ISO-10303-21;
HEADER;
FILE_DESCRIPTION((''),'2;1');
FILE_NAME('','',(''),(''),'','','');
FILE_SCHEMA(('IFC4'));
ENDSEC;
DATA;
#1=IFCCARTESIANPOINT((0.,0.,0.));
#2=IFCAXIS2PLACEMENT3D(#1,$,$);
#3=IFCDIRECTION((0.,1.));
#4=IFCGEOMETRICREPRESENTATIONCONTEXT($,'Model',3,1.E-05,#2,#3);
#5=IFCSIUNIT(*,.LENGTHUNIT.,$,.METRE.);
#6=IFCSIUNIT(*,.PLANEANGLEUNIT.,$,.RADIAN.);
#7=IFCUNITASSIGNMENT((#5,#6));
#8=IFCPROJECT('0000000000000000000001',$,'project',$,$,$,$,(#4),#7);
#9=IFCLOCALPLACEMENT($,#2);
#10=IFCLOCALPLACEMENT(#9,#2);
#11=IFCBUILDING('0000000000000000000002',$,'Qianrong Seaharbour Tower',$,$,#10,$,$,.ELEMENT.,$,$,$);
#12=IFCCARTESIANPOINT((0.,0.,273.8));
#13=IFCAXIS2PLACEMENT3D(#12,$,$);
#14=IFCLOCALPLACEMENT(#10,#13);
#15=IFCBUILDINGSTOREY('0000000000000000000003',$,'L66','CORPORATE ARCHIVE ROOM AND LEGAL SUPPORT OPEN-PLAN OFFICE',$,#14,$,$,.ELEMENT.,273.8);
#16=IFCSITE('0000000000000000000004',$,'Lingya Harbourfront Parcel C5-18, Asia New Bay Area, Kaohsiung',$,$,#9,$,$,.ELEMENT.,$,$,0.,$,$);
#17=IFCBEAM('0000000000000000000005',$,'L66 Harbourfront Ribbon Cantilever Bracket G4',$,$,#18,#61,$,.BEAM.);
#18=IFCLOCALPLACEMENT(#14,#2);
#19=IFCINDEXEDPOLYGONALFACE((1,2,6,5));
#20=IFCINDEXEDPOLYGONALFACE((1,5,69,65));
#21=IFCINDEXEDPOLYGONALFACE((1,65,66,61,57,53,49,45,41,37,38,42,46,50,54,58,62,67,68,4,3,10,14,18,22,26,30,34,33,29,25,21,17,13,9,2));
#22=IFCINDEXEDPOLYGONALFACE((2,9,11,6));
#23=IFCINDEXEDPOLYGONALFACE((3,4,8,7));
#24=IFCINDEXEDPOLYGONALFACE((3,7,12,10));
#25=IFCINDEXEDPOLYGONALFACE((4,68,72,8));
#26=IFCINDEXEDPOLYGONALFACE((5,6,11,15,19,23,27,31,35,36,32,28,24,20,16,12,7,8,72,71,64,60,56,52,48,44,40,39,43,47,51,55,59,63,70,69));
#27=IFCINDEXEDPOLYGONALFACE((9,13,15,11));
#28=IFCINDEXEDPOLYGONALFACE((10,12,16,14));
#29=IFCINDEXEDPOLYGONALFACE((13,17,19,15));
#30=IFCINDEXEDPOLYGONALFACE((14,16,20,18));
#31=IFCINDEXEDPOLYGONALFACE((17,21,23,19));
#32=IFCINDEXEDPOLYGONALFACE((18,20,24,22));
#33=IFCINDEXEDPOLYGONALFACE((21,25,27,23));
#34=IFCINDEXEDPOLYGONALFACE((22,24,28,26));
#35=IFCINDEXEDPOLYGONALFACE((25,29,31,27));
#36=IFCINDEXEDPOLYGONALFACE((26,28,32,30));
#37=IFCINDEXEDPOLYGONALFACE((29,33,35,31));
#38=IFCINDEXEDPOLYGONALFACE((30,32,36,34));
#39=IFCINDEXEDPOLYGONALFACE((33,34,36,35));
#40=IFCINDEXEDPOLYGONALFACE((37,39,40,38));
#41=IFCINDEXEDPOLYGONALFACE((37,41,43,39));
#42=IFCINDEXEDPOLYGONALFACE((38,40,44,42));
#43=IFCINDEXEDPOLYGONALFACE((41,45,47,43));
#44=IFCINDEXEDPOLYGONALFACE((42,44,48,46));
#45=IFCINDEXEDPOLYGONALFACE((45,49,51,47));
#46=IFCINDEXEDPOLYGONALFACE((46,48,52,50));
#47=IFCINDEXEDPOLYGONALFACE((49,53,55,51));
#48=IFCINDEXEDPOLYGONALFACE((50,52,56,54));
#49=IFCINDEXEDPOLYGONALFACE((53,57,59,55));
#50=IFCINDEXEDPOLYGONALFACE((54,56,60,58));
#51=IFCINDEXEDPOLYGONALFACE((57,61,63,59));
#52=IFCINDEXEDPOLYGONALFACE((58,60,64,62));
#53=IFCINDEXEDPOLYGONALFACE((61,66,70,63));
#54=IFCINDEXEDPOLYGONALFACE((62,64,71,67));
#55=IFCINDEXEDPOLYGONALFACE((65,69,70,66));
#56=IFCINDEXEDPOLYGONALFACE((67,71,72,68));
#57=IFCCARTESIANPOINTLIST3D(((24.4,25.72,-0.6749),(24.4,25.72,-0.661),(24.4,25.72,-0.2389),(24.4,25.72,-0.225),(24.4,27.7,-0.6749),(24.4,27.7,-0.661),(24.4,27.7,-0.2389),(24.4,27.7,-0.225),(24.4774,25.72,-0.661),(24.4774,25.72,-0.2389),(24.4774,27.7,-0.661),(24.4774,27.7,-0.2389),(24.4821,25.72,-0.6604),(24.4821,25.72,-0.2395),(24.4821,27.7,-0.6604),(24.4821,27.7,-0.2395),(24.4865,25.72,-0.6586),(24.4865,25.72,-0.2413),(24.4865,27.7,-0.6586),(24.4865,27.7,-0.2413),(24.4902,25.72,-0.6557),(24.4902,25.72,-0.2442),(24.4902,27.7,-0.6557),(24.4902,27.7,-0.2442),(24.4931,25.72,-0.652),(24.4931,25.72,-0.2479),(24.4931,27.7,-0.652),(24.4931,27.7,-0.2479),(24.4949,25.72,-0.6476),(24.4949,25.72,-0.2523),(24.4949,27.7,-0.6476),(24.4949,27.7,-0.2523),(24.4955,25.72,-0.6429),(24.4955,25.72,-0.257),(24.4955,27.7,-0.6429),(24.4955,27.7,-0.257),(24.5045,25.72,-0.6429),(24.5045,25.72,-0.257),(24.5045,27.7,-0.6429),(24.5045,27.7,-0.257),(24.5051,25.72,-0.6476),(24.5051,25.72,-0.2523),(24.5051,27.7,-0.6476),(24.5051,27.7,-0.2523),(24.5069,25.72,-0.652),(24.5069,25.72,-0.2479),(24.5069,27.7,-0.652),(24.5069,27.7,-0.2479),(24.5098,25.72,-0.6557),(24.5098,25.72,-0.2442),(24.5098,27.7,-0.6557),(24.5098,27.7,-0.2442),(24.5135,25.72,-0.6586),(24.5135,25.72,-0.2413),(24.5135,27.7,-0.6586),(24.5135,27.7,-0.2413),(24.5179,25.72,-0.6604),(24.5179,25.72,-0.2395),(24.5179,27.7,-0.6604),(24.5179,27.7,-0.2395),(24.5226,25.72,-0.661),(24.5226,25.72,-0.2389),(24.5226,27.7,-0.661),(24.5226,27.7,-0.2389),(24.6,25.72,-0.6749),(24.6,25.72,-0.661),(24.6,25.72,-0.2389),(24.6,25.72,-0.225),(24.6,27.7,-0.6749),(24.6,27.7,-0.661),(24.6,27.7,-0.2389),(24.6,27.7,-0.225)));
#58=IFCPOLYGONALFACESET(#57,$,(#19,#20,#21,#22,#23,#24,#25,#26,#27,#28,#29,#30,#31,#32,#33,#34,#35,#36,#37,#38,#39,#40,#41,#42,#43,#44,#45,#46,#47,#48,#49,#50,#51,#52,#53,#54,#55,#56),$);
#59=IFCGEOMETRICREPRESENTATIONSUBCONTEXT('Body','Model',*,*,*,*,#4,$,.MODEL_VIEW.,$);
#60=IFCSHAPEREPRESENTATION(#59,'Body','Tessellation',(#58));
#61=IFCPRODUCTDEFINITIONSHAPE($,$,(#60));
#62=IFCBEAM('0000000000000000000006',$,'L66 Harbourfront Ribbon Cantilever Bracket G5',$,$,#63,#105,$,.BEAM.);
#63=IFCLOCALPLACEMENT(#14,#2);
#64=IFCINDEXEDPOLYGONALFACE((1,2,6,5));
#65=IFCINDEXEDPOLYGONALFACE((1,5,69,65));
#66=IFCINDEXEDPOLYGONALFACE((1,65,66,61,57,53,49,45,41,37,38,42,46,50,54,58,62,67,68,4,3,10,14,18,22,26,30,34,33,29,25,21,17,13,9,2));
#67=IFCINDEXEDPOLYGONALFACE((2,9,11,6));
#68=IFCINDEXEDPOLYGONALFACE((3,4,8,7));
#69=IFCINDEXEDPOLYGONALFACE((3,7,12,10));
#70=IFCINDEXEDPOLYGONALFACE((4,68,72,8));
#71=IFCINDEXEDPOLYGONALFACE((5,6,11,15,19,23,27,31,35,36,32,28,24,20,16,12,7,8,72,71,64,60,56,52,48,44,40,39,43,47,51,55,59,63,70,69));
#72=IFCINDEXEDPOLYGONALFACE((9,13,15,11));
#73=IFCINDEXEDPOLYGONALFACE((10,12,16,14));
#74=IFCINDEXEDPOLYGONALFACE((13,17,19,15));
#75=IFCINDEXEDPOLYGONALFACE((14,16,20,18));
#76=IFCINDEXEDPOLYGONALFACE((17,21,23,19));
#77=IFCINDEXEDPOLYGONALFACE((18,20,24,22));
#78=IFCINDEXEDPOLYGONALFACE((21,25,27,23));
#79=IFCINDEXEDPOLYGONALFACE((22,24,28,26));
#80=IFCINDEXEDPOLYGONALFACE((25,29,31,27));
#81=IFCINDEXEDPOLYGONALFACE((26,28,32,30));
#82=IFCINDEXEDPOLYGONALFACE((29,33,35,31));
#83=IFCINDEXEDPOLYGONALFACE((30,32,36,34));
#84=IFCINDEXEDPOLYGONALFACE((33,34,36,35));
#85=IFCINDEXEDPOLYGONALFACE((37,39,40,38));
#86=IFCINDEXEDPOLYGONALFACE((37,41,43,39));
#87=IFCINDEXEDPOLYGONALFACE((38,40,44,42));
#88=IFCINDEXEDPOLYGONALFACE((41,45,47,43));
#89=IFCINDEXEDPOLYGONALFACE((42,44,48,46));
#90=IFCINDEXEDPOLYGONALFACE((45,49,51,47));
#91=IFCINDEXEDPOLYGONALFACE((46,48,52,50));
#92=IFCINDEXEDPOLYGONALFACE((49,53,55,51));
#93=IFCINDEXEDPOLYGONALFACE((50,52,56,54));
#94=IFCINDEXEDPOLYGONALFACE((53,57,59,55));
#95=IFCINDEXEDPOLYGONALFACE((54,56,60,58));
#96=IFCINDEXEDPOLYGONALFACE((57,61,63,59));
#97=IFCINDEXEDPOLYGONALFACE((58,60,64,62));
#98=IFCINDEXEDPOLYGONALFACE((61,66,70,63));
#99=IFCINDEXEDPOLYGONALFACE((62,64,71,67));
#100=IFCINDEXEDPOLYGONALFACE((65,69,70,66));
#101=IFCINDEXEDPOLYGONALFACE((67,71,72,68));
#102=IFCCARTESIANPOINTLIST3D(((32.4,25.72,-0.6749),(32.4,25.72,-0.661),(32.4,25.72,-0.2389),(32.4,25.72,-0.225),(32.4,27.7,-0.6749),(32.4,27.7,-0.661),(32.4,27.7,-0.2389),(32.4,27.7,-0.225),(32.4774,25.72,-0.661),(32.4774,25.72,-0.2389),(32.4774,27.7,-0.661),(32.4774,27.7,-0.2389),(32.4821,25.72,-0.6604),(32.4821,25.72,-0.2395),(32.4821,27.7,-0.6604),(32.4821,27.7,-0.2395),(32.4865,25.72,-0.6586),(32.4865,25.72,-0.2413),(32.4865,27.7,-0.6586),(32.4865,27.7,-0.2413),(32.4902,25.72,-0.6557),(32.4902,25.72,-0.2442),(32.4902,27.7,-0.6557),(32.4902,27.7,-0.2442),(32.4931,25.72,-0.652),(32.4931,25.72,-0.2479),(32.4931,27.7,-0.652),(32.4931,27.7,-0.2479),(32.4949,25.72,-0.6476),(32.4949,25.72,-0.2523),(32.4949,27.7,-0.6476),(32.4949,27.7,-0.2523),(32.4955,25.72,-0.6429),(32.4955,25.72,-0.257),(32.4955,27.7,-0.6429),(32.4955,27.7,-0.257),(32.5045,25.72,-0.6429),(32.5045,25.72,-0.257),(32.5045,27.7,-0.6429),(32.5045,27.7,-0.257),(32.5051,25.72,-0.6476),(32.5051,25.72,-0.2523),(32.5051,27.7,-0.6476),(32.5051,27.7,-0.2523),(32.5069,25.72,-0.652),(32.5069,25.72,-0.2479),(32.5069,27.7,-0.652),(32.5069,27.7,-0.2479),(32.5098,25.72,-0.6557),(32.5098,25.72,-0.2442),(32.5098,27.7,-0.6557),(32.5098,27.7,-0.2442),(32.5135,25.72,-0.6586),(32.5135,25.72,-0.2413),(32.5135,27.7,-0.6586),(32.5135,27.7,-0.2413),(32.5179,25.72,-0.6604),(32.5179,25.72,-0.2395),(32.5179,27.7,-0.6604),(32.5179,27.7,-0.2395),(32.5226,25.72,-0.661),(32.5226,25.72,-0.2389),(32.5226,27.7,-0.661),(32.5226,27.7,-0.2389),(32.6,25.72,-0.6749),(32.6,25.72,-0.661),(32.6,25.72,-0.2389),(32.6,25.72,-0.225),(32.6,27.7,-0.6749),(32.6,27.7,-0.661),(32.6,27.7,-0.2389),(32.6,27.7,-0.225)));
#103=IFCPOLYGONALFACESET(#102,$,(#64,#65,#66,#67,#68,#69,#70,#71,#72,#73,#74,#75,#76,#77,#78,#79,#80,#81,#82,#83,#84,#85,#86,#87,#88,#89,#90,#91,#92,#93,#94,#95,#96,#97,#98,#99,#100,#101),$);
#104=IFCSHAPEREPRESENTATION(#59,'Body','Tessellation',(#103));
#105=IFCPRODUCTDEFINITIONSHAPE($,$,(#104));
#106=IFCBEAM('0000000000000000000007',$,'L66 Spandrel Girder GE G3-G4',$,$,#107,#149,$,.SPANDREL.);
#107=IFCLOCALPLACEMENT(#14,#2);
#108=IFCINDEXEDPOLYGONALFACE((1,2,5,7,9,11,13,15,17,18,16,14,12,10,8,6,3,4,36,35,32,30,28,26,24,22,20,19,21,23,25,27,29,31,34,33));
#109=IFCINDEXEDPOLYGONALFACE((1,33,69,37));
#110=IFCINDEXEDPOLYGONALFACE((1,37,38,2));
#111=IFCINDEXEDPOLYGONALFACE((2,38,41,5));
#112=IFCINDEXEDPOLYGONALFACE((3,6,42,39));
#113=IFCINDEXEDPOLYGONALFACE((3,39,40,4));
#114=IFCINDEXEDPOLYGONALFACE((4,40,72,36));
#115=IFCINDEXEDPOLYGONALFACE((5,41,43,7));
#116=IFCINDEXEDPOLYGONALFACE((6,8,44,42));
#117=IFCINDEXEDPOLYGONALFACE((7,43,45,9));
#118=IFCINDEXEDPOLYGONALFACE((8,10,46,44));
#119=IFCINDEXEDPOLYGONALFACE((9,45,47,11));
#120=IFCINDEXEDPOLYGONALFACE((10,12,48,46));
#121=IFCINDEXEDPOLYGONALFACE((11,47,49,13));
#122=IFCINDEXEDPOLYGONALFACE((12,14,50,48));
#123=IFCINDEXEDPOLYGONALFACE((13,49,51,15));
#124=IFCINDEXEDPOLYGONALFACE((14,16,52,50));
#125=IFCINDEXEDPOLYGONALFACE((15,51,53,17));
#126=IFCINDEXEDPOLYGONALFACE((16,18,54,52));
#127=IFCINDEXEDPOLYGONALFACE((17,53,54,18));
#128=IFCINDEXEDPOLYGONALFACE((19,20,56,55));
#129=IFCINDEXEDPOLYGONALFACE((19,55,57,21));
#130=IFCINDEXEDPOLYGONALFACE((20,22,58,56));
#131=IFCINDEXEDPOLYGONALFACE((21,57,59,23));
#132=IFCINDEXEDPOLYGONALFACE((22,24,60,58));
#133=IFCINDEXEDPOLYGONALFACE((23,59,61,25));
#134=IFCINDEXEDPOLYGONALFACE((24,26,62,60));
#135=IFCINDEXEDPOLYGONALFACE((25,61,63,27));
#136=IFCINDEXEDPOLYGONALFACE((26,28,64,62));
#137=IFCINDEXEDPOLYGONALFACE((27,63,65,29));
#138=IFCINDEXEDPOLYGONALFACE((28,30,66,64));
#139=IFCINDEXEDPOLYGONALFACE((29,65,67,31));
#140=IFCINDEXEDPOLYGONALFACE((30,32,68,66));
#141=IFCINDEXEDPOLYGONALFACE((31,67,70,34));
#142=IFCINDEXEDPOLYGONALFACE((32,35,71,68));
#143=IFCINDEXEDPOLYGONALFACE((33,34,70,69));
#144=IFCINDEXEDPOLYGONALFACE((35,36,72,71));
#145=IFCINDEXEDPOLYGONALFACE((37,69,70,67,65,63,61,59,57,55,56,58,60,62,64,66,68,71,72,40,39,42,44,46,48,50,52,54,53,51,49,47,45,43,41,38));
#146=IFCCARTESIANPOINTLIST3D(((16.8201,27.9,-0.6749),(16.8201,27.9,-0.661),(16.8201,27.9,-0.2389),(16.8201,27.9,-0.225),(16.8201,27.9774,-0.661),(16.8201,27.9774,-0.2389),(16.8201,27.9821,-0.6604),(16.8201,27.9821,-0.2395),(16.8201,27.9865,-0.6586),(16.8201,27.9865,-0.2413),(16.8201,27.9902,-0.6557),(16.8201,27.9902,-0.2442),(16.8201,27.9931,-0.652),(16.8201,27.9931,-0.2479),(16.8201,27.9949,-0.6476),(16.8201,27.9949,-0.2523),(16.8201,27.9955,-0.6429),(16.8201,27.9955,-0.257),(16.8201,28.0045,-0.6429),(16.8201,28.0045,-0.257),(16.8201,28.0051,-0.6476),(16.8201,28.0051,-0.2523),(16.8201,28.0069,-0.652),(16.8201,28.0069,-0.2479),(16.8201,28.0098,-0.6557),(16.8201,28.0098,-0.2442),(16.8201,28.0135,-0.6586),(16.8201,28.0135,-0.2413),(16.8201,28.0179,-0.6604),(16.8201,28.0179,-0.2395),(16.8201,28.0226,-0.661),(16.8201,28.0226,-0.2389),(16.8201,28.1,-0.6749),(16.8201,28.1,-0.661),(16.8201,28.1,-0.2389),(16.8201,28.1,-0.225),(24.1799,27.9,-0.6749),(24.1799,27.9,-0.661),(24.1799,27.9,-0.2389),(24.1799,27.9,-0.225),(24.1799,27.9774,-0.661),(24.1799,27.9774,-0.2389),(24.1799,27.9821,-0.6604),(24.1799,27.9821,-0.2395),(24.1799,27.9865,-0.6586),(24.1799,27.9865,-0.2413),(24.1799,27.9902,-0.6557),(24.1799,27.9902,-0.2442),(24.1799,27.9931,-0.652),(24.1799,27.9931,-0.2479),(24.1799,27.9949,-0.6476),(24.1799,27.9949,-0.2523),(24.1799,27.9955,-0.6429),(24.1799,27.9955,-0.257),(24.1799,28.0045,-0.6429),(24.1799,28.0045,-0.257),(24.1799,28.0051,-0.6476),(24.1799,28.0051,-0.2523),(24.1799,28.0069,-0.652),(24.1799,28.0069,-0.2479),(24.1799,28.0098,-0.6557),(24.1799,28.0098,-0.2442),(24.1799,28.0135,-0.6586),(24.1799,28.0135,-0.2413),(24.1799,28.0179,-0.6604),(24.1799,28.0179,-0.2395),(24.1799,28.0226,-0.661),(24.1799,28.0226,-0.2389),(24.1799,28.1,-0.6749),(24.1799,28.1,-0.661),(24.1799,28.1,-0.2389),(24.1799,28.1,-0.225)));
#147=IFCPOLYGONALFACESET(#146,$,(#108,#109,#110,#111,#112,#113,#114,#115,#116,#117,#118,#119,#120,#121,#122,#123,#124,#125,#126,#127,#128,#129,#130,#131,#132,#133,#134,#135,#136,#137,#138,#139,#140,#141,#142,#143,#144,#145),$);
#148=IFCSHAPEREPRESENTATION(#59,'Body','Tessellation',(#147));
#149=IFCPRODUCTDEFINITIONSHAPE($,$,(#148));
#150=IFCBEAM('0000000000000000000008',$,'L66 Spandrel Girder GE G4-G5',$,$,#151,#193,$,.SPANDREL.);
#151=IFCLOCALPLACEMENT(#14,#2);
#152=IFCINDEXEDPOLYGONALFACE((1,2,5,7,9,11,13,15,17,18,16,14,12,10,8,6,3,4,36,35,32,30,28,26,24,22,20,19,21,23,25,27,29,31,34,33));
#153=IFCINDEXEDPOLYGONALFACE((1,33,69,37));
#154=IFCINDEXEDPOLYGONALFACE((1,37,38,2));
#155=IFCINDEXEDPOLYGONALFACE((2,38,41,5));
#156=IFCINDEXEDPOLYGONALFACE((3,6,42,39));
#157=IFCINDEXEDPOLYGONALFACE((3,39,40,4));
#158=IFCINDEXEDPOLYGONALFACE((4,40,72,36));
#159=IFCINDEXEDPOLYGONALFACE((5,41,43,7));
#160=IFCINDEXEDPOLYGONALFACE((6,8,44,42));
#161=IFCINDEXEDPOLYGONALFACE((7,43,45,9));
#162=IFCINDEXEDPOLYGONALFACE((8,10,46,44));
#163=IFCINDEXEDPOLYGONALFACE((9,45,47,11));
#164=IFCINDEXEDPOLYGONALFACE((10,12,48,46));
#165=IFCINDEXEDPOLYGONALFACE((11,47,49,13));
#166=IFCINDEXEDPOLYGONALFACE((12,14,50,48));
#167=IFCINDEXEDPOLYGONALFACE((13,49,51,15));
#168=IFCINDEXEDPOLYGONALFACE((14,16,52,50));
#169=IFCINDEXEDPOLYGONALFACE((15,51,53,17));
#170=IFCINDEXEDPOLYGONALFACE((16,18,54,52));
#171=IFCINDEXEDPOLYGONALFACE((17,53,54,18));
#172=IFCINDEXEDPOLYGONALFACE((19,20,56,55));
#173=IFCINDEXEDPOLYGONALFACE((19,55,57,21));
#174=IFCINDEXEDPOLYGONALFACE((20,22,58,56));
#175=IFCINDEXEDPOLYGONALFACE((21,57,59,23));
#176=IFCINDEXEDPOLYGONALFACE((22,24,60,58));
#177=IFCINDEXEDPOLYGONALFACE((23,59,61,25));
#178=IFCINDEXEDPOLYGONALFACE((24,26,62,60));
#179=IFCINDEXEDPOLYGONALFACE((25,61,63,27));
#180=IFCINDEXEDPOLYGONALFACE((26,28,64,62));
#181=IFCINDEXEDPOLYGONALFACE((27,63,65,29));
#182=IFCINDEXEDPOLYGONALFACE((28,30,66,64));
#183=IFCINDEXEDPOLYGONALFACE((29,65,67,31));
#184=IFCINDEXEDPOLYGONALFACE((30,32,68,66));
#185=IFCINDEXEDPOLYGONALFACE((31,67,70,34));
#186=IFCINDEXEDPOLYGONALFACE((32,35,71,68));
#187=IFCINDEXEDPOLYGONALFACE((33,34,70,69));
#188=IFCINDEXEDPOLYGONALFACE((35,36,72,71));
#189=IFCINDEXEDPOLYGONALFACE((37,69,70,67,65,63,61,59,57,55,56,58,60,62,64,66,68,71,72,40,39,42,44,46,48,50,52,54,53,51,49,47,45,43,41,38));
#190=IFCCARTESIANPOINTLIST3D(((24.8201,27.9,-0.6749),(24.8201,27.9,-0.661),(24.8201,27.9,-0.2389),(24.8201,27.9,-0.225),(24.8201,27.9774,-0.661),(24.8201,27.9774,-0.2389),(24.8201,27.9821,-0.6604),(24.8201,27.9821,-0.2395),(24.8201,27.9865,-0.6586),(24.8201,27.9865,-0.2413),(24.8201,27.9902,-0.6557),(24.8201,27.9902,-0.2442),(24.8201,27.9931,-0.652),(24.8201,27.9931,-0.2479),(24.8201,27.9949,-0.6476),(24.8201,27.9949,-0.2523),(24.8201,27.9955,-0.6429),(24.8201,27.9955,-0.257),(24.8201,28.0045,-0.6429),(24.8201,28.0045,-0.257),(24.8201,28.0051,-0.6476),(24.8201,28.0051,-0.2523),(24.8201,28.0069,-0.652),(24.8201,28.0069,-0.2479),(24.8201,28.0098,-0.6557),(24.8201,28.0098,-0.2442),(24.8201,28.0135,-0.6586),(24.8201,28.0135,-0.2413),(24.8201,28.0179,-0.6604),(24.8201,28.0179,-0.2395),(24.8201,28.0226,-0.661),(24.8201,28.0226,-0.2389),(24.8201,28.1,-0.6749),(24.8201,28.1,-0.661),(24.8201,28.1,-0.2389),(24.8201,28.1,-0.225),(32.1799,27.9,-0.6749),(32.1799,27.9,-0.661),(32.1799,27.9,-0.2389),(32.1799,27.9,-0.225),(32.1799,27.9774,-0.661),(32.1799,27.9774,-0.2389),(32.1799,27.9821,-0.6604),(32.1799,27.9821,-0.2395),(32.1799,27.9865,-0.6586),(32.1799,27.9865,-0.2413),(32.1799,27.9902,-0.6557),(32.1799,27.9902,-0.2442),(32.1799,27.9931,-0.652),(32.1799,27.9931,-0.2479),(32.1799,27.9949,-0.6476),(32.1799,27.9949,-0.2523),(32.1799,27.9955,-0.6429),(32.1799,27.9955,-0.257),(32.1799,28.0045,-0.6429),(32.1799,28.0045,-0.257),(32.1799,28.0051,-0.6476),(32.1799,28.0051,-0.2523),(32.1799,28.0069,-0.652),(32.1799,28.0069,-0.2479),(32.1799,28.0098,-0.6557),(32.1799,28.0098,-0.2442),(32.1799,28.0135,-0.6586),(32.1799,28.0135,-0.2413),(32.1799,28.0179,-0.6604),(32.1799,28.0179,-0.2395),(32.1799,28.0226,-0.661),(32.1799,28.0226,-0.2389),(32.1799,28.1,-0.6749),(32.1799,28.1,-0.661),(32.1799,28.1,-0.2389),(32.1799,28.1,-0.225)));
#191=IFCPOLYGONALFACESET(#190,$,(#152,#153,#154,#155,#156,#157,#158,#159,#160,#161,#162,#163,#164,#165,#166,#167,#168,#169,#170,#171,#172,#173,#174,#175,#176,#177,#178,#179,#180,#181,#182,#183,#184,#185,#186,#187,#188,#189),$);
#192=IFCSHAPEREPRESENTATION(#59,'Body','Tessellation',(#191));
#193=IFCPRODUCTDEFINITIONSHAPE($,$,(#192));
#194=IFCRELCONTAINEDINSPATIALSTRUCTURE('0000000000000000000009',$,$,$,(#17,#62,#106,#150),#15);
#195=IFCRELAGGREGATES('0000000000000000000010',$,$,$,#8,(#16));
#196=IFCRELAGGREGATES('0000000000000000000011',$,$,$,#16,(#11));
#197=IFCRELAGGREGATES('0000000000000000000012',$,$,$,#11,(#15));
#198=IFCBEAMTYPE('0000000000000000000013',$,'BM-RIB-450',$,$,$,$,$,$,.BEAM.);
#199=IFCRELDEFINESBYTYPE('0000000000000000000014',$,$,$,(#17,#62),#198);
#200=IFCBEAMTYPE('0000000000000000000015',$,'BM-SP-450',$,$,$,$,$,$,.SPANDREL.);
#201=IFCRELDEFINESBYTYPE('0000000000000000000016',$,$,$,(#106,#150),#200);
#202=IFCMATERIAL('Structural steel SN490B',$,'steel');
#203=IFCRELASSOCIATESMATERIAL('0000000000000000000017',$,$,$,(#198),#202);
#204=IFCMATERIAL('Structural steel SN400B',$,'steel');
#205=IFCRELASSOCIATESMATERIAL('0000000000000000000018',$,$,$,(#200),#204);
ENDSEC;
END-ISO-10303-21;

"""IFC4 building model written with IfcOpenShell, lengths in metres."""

from ifc_helpers import new_model, si_unit, direction, frame, origin, origin_2d, place, context, subcontext, project, spatial, i_section, extrude, material, material_profile, profile_set, type_object, element, save


model = new_model("IFC4")

# Units and contexts
model_context = context("Model", 3, precision=1e-05, world=origin(), true_north=direction((0.0, 1.0)))
body_context = subcontext(model_context, "Body", "Model", "MODEL_VIEW")
ifc_project = project(units=[si_unit("LENGTHUNIT", "METRE"), si_unit("PLANEANGLEUNIT", "RADIAN")], contexts=[model_context])

# Site, building, storey
site_placement = place(None, origin())
site = spatial("IfcSite", under=ifc_project, at=site_placement, Name="Lingya Harbourfront Parcel C5-18, Asia New Bay Area, Kaohsiung", CompositionType="ELEMENT", RefElevation=0.0)
building_placement = place(site_placement, origin())
building = spatial("IfcBuilding", under=site, at=building_placement, Name="Qianrong Seaharbour Tower", CompositionType="ELEMENT")
storey_placement = place(building_placement, frame((0.0, 0.0, 273.8)))
storey = spatial("IfcBuildingStorey", under=building, at=storey_placement, Name="L66", Description="CORPORATE ARCHIVE ROOM AND LEGAL SUPPORT OPEN-PLAN OFFICE", CompositionType="ELEMENT", Elevation=273.8)

# Shared definitions
ifc_material_1 = material(Name="Structural steel SN490B", Category="steel")

# Beams
ifc_material_2 = material(Name="Structural steel SN400B", Category="steel")
ifc_material_profile_1 = material_profile(ifc_material_1, i_section(OverallWidth=0.2, OverallDepth=0.45, WebThickness=0.009, FlangeThickness=0.0139, FilletRadius=0.0181, at=origin_2d()), Name="H450x200x9x14")
ifc_profile_set_1 = profile_set([ifc_material_profile_1], Name="Structural steel SN490B")
beam_type_1 = type_object("IfcBeamType", Name="BM-RIB-450", PredefinedType="BEAM", material=ifc_profile_set_1)
for number, where, z_axis, x_axis, name in (
    (1, (24.5, 27.7, -0.45), (0.0, -1.0, 0.0), (1.0, 0.0, 0.0), "L66 Harbourfront Ribbon Cantilever Bracket G4"),
    (2, (32.5, 27.7, -0.45), (0.0, -1.0, 0.0), (1.0, 0.0, 0.0), "L66 Harbourfront Ribbon Cantilever Bracket G5"),
):
    element("IfcBeam", number, at=place(storey_placement, frame(where, z_axis=z_axis, x_axis=x_axis)), inside=storey, type_object=beam_type_1, Name=name, PredefinedType="BEAM", context=body_context, shape_type="SweptSolid", body=[
        extrude(i_section(OverallWidth=0.2, OverallDepth=0.45, WebThickness=0.009, FlangeThickness=0.0139, FilletRadius=0.0181, at=origin_2d()), origin(), (0.0, 0.0, 1.0), 1.98),
    ])
ifc_material_profile_2 = material_profile(ifc_material_2, i_section(OverallWidth=0.2, OverallDepth=0.45, WebThickness=0.009, FlangeThickness=0.0139, FilletRadius=0.0181, at=origin_2d()), Name="H450x200x9x14")
ifc_profile_set_2 = profile_set([ifc_material_profile_2], Name="Structural steel SN400B")
beam_type_2 = type_object("IfcBeamType", Name="BM-SP-450", PredefinedType="SPANDREL", material=ifc_profile_set_2)
for number, where, z_axis, x_axis, name in (
    (3, (16.8201, 28.0, -0.45), (1.0, 0.0, 0.0), (0.0, 1.0, 0.0), "L66 Spandrel Girder GE G3-G4"),
    (4, (24.8201, 28.0, -0.45), (1.0, 0.0, 0.0), (0.0, 1.0, 0.0), "L66 Spandrel Girder GE G4-G5"),
):
    element("IfcBeam", number, at=place(storey_placement, frame(where, z_axis=z_axis, x_axis=x_axis)), inside=storey, type_object=beam_type_2, Name=name, PredefinedType="SPANDREL", context=body_context, shape_type="SweptSolid", body=[
        extrude(i_section(OverallWidth=0.2, OverallDepth=0.45, WebThickness=0.009, FlangeThickness=0.0139, FilletRadius=0.0181, at=origin_2d()), origin(), (0.0, 0.0, 1.0), 7.3599),
    ])

save(model, "model.ifc")
